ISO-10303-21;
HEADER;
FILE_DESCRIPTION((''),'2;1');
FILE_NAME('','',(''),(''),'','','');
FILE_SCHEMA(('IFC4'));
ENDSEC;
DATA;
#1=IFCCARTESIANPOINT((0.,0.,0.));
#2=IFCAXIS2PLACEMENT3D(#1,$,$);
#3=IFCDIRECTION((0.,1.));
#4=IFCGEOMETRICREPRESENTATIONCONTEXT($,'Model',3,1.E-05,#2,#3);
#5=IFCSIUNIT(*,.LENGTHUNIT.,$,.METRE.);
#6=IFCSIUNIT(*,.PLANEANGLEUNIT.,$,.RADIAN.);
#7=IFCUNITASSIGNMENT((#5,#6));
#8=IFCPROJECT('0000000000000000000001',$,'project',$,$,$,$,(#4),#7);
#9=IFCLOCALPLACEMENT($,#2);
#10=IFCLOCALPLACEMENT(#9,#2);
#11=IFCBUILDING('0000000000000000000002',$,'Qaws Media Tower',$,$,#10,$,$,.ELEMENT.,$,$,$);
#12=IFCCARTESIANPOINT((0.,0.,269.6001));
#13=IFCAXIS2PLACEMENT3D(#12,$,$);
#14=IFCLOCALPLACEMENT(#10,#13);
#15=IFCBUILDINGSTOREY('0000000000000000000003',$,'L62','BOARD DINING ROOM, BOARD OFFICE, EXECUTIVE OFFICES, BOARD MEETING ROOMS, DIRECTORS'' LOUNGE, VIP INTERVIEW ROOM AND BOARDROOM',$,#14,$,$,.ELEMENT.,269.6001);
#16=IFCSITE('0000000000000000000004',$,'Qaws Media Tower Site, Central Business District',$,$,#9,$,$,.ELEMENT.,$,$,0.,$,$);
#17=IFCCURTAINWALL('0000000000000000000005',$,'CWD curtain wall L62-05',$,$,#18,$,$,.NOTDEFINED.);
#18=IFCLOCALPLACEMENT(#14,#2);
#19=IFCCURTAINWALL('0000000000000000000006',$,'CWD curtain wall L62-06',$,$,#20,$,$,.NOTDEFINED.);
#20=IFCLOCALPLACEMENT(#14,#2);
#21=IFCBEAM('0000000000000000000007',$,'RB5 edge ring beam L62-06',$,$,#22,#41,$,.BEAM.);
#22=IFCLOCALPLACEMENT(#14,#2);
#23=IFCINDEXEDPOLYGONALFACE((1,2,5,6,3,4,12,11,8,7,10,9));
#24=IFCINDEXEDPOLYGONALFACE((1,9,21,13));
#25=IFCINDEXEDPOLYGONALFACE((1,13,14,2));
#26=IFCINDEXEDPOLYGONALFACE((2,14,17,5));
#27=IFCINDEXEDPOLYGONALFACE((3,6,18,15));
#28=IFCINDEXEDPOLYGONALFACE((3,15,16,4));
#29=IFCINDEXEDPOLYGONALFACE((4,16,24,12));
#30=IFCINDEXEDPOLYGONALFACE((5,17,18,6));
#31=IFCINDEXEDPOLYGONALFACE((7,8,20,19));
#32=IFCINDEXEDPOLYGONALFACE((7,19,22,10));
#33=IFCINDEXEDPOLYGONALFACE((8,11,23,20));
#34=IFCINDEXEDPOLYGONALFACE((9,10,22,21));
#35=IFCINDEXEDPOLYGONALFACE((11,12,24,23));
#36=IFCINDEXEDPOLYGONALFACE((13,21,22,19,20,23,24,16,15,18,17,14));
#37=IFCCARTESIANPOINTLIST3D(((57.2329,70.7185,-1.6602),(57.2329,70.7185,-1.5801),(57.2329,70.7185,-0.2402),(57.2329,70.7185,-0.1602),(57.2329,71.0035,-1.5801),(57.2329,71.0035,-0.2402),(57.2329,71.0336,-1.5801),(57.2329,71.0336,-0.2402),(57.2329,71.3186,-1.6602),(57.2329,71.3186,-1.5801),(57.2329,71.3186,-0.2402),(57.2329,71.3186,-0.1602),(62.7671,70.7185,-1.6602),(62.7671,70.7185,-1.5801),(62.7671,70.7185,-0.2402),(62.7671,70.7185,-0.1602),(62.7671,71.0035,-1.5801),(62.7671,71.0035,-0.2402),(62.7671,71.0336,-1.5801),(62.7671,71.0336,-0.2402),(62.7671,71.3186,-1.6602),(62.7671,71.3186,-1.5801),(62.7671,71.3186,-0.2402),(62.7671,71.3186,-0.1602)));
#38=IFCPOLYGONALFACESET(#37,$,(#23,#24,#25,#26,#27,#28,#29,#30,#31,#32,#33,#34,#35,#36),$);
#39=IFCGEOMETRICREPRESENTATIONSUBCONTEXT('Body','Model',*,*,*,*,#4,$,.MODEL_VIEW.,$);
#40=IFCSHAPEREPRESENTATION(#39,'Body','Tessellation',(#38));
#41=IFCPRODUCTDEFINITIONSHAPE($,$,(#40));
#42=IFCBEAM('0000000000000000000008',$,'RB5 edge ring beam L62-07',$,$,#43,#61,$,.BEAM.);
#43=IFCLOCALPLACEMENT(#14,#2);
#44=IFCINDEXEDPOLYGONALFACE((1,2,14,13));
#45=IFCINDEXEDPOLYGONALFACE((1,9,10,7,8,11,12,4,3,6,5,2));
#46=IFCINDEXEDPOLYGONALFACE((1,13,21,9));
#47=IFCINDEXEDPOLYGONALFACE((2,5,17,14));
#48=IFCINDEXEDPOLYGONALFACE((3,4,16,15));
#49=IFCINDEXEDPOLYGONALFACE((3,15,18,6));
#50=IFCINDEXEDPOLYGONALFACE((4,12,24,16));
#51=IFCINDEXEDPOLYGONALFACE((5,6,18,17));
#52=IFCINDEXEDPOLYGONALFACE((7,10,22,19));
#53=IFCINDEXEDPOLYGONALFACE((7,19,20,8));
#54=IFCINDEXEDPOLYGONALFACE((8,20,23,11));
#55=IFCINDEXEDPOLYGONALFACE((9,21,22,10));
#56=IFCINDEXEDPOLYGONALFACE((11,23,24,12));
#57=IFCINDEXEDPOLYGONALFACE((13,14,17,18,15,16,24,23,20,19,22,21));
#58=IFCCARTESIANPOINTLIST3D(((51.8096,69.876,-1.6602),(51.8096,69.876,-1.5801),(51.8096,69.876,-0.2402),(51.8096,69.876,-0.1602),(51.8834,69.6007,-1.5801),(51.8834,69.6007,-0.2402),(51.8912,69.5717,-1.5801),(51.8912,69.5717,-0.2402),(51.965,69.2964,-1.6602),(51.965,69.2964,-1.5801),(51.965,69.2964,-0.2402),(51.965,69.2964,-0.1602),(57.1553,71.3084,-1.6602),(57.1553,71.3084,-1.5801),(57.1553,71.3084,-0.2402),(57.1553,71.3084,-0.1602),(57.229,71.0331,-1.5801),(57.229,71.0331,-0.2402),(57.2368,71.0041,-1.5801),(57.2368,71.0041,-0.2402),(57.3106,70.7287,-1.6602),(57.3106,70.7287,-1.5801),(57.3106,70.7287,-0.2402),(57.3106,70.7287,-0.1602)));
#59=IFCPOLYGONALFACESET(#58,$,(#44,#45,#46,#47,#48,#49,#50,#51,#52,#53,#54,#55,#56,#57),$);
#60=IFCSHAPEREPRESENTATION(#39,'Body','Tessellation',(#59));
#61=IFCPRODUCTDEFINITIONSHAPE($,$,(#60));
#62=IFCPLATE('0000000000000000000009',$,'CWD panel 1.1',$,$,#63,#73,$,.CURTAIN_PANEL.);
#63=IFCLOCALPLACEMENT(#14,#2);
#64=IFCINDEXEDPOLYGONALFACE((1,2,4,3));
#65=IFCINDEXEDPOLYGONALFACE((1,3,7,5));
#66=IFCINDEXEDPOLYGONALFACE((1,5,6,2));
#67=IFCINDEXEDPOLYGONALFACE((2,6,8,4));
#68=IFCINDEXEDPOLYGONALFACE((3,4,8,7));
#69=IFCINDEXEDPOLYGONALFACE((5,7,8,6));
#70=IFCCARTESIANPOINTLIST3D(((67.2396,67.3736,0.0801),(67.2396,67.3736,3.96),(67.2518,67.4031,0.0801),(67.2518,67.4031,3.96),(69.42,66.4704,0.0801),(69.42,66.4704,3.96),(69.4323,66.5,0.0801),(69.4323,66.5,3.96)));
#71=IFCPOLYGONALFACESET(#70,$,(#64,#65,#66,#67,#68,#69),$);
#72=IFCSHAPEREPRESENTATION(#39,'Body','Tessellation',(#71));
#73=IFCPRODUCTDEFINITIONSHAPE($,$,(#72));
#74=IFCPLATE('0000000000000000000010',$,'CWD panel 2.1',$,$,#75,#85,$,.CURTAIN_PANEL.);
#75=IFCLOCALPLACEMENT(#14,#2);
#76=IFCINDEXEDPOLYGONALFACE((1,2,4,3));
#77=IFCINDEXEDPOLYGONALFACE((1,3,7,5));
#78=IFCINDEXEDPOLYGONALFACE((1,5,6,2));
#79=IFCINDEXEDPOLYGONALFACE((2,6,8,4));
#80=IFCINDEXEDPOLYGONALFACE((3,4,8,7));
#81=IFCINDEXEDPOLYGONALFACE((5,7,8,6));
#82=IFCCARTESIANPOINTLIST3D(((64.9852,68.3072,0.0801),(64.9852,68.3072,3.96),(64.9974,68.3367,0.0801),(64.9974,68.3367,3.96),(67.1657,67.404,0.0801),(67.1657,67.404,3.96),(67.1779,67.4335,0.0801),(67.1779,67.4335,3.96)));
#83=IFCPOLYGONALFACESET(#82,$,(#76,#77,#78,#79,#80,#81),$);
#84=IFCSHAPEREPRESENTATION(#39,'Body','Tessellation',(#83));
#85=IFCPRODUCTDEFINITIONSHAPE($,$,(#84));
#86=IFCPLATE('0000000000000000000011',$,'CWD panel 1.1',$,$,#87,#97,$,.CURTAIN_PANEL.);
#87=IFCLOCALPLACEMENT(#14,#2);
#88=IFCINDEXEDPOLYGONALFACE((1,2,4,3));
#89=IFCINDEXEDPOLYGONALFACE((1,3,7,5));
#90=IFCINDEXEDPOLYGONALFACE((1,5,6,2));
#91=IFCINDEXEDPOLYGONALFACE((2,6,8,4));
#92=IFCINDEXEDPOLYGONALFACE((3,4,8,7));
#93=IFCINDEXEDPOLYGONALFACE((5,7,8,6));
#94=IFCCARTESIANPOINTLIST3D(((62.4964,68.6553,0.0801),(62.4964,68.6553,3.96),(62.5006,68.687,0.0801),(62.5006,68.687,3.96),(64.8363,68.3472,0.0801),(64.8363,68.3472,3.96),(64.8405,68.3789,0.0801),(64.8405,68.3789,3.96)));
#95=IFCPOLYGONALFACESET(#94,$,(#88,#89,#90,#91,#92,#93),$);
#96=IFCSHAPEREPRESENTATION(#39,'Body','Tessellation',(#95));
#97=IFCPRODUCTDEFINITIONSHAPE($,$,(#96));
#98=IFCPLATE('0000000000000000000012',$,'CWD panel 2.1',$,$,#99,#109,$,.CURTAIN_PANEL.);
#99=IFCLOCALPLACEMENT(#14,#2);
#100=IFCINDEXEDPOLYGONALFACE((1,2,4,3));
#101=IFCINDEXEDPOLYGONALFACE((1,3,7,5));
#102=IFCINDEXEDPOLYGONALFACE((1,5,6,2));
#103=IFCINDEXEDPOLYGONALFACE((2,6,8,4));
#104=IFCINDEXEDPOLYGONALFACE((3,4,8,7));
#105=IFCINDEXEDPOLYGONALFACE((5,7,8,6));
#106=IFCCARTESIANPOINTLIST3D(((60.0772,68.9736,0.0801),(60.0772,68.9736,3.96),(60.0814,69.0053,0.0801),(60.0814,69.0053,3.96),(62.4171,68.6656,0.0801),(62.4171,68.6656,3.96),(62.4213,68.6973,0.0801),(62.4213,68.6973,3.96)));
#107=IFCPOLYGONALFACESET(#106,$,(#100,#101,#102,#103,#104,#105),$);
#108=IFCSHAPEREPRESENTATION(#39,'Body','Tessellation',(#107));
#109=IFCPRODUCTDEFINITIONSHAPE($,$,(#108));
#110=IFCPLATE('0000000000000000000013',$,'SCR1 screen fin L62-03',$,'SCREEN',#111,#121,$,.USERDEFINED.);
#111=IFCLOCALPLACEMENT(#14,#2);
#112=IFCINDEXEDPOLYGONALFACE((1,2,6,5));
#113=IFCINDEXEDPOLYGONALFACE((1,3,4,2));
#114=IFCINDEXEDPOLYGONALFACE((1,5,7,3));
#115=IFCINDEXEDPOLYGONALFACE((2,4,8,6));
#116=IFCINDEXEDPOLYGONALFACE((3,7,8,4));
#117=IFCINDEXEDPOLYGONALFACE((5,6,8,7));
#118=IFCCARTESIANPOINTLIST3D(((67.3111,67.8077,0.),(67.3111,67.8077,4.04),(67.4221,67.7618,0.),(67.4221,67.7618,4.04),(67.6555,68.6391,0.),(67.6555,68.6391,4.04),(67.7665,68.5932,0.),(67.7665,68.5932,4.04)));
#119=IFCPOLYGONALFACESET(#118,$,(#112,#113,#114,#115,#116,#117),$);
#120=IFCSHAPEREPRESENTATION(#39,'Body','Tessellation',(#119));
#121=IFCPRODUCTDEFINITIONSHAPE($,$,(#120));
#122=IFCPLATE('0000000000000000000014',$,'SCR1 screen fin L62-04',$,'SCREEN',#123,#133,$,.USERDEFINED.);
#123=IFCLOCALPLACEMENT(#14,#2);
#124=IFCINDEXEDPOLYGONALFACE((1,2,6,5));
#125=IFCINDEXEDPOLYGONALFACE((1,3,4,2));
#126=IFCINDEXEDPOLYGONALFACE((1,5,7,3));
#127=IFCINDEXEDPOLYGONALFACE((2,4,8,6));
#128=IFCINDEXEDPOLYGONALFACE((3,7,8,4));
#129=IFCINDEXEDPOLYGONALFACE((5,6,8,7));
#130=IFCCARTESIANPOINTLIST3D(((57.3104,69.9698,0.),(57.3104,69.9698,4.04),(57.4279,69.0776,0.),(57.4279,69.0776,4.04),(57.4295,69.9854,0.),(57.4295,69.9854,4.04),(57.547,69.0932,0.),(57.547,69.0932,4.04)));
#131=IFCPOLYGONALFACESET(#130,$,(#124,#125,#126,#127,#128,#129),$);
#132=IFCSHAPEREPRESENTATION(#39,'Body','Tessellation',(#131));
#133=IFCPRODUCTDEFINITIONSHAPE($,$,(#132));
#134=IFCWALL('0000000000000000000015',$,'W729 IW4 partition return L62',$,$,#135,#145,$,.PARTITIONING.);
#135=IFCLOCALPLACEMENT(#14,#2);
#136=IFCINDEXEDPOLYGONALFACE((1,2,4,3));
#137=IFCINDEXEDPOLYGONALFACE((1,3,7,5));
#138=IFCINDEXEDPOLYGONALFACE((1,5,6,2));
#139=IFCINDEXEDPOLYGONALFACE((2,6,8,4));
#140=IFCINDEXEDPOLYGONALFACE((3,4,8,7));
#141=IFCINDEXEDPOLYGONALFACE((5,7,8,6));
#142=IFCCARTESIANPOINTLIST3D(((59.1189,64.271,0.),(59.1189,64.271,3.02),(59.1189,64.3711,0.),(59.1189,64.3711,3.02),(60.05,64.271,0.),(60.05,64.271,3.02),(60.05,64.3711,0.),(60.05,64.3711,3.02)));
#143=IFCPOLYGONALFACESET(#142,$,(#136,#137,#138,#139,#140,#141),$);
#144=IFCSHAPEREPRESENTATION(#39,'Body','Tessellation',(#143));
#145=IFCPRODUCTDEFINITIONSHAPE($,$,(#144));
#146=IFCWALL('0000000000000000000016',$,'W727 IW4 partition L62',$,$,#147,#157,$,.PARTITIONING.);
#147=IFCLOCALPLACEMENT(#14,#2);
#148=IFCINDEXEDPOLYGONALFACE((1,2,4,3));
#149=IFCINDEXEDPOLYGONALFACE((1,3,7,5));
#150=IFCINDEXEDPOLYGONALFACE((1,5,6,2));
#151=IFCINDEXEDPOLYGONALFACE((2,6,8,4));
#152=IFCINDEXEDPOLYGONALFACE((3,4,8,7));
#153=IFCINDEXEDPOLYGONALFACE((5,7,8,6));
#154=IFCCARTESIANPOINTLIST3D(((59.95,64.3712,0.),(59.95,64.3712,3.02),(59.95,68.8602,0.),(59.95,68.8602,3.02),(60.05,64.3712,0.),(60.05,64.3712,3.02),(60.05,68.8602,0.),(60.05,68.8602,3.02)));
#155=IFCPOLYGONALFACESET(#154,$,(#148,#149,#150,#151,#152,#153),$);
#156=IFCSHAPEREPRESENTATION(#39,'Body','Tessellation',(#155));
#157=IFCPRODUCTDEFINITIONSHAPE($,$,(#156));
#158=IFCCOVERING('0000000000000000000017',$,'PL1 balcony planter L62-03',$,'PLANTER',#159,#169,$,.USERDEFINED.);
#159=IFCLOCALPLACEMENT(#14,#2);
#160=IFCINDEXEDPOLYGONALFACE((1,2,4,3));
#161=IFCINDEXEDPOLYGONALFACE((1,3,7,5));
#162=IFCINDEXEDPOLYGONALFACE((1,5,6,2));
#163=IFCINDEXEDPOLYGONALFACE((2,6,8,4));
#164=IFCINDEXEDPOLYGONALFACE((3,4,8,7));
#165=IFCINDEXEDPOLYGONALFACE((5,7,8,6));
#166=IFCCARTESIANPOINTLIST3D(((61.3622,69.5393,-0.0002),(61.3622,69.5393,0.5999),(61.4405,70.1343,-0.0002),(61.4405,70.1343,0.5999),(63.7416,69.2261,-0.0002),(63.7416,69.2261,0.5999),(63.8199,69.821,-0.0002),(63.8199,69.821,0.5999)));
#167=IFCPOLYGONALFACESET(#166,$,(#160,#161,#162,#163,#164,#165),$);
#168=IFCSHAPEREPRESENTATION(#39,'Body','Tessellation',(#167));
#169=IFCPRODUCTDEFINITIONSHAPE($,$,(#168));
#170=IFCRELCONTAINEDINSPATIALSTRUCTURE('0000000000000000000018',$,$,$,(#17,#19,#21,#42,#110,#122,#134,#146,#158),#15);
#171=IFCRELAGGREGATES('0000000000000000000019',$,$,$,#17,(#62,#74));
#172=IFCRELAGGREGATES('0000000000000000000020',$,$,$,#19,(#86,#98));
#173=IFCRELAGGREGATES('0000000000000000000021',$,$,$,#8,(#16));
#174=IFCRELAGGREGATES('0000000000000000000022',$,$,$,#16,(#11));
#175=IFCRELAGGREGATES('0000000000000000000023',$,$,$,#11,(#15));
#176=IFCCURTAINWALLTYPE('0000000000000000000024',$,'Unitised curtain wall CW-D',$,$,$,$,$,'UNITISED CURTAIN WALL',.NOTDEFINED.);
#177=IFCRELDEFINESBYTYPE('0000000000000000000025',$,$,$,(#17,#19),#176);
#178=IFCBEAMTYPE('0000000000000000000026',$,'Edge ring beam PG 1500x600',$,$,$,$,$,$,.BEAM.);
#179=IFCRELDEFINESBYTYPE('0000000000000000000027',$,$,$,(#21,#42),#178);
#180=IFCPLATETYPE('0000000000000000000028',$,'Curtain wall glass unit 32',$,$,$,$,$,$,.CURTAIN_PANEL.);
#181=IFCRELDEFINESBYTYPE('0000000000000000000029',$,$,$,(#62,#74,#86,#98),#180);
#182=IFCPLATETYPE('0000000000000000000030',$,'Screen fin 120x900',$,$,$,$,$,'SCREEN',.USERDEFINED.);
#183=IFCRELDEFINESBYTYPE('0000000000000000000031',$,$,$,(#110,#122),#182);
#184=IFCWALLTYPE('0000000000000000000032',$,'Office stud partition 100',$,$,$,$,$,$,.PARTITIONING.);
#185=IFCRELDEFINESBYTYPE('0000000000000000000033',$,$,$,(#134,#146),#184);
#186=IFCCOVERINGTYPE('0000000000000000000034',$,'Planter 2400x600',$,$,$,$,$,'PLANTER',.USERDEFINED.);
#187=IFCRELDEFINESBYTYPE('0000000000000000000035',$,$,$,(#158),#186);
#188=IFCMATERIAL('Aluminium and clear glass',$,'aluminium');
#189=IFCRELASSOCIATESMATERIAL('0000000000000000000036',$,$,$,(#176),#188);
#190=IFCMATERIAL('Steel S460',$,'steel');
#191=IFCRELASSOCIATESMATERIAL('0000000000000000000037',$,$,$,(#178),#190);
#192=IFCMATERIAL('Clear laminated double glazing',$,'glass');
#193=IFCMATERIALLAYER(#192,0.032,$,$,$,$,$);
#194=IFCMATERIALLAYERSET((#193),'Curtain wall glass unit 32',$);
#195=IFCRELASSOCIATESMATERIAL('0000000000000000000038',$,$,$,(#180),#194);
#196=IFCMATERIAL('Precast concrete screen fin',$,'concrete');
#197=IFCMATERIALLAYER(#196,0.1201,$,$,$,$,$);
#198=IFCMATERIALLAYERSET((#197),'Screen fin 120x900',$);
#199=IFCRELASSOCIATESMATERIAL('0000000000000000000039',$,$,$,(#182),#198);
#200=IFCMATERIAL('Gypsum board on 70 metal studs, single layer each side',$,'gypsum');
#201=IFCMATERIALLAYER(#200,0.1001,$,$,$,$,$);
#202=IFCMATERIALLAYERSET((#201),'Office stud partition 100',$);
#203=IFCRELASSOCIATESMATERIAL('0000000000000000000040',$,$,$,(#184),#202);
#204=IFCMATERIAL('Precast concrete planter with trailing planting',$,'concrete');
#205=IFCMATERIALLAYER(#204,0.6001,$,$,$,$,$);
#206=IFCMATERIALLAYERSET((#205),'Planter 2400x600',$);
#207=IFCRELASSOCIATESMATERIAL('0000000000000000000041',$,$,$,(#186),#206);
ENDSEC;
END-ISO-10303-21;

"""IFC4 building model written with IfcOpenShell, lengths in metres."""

from ifc_helpers import new_model, si_unit, direction, frame, frame_2d, origin, origin_2d, place, context, subcontext, project, spatial, rectangle, i_section, extrude, material, layer, layer_set, material_profile, profile_set, type_object, element, aggregate, save


model = new_model("IFC4")

# Units and contexts
model_context = context("Model", 3, precision=1e-05, world=origin(), true_north=direction((0.0, 1.0)))
body_context = subcontext(model_context, "Body", "Model", "MODEL_VIEW")
ifc_project = project(units=[si_unit("LENGTHUNIT", "METRE"), si_unit("PLANEANGLEUNIT", "RADIAN")], contexts=[model_context])

# Site, building, storey
site_placement = place(None, origin())
site = spatial("IfcSite", under=ifc_project, at=site_placement, Name="Qaws Media Tower Site, Central Business District", CompositionType="ELEMENT", RefElevation=0.0)
building_placement = place(site_placement, origin())
building = spatial("IfcBuilding", under=site, at=building_placement, Name="Qaws Media Tower", CompositionType="ELEMENT")
storey_placement = place(building_placement, frame((0.0, 0.0, 269.6001)))
storey = spatial("IfcBuildingStorey", under=building, at=storey_placement, Name="L62", Description="BOARD DINING ROOM, BOARD OFFICE, EXECUTIVE OFFICES, BOARD MEETING ROOMS, DIRECTORS' LOUNGE, VIP INTERVIEW ROOM AND BOARDROOM", CompositionType="ELEMENT", Elevation=269.6001)

# Curtain walls
ifc_material_1 = material(Name="Aluminium and clear glass", Category="aluminium")
curtain_wall_type = type_object("IfcCurtainWallType", Name="Unitised curtain wall CW-D", ElementType="UNITISED CURTAIN WALL", PredefinedType="NOTDEFINED", material=ifc_material_1)
curtain_wall_1_placement = place(storey_placement, origin())
curtain_wall_1 = element("IfcCurtainWall", 1, at=curtain_wall_1_placement, inside=storey, type_object=curtain_wall_type, Name="CWD curtain wall L62-05", PredefinedType="NOTDEFINED")
curtain_wall_2_placement = place(storey_placement, origin())
curtain_wall_2 = element("IfcCurtainWall", 2, at=curtain_wall_2_placement, inside=storey, type_object=curtain_wall_type, Name="CWD curtain wall L62-06", PredefinedType="NOTDEFINED")

# Beams
ifc_material_2 = material(Name="Steel S460", Category="steel")
ifc_material_profile_1 = material_profile(ifc_material_2, i_section(OverallWidth=0.6001, OverallDepth=1.5, WebThickness=0.03, FlangeThickness=0.0801, at=origin_2d()), Name="PG 1500x600")
ifc_profile_set_1 = profile_set([ifc_material_profile_1], Name="Steel S460")
beam_type = type_object("IfcBeamType", Name="Edge ring beam PG 1500x600", PredefinedType="BEAM", material=ifc_profile_set_1)
for number, where, z_axis, x_axis, name in (
    (3, (62.7671, 71.0186, -0.9102), (-1.0, 0.0, 0.0), (0.0, -1.0, 0.0), "RB5 edge ring beam L62-06"),
    (4, (57.2329, 71.0186, -0.9102), (-0.965926, -0.258818, 0.0), (0.258818, -0.965926, 0.0), "RB5 edge ring beam L62-07"),
):
    element("IfcBeam", number, at=place(storey_placement, frame(where, z_axis=z_axis, x_axis=x_axis)), inside=storey, type_object=beam_type, Name=name, PredefinedType="BEAM", context=body_context, shape_type="SweptSolid", body=[
        extrude(i_section(OverallWidth=0.6001, OverallDepth=1.5, WebThickness=0.03, FlangeThickness=0.0801, at=origin_2d()), origin(), (0.0, 0.0, 1.0), 5.5342),
    ])

# Plates
ifc_material_3 = material(Name="Clear laminated double glazing", Category="glass")
ifc_layer_1 = layer(ifc_material_3, 0.032)
ifc_layer_set_1 = layer_set([ifc_layer_1], Name="Curtain wall glass unit 32")
plate_type_1 = type_object("IfcPlateType", Name="Curtain wall glass unit 32", PredefinedType="CURTAIN_PANEL", material=ifc_layer_set_1)
plate_1_placement = place(storey_placement, frame((68.3359, 66.9368, 0.0801), z_axis=(0.0, 0.0, 1.0), x_axis=(-0.92388, 0.382683, 0.0)))
plate_1 = element("IfcPlate", 5, at=plate_1_placement, type_object=plate_type_1, Name="CWD panel 1.1", PredefinedType="CURTAIN_PANEL", context=body_context, shape_type="SweptSolid", body=[
    extrude(rectangle(XDim=2.3601, YDim=0.032, at=origin_2d()), origin(), (0.0, 0.0, 1.0), 3.8799),
])
plate_2_placement = place(storey_placement, frame((66.0815, 67.8704, 0.0801), z_axis=(0.0, 0.0, 1.0), x_axis=(-0.92388, 0.382683, 0.0)))
plate_2 = element("IfcPlate", 6, at=plate_2_placement, type_object=plate_type_1, Name="CWD panel 2.1", PredefinedType="CURTAIN_PANEL", context=body_context, shape_type="SweptSolid", body=[
    extrude(rectangle(XDim=2.3601, YDim=0.032, at=origin_2d()), origin(), (0.0, 0.0, 1.0), 3.8799),
])
aggregate(curtain_wall_1, [plate_1, plate_2])
plate_3_placement = place(storey_placement, frame((63.6685, 68.5171, 0.0801), z_axis=(0.0, 0.0, 1.0), x_axis=(-0.991445, 0.130526, 0.0)))
plate_3 = element("IfcPlate", 7, at=plate_3_placement, type_object=plate_type_1, Name="CWD panel 1.1", PredefinedType="CURTAIN_PANEL", context=body_context, shape_type="SweptSolid", body=[
    extrude(rectangle(XDim=2.3601, YDim=0.032, at=origin_2d()), origin(), (0.0, 0.0, 1.0), 3.8799),
])
plate_4_placement = place(storey_placement, frame((61.2493, 68.8354, 0.0801), z_axis=(0.0, 0.0, 1.0), x_axis=(-0.991445, 0.130526, 0.0)))
plate_4 = element("IfcPlate", 8, at=plate_4_placement, type_object=plate_type_1, Name="CWD panel 2.1", PredefinedType="CURTAIN_PANEL", context=body_context, shape_type="SweptSolid", body=[
    extrude(rectangle(XDim=2.3601, YDim=0.032, at=origin_2d()), origin(), (0.0, 0.0, 1.0), 3.8799),
])
aggregate(curtain_wall_2, [plate_3, plate_4])

# Plates
ifc_material_4 = material(Name="Precast concrete screen fin", Category="concrete")
ifc_layer_2 = layer(ifc_material_4, 0.1201)
ifc_layer_set_2 = layer_set([ifc_layer_2], Name="Screen fin 120x900")
plate_type_2 = type_object("IfcPlateType", Name="Screen fin 120x900", ElementType="SCREEN", PredefinedType="USERDEFINED", material=ifc_layer_set_2)
for number, where, z_axis, x_axis, name in (
    (9, (67.5388, 68.2004, 0.0), (0.0, 0.0, 1.0), (0.382683, 0.92388, 0.0), "SCR1 screen fin L62-03"),
    (10, (57.4287, 69.5315, 0.0), (0.0, 0.0, 1.0), (-0.130526, 0.991445, 0.0), "SCR1 screen fin L62-04"),
):
    element("IfcPlate", number, at=place(storey_placement, frame(where, z_axis=z_axis, x_axis=x_axis)), inside=storey, type_object=plate_type_2, Name=name, ObjectType="SCREEN", PredefinedType="USERDEFINED", context=body_context, shape_type="SweptSolid", body=[
        extrude(rectangle(XDim=0.8999, YDim=0.1201, at=origin_2d()), origin(), (0.0, 0.0, 1.0), 4.04),
    ])

# Walls
ifc_material_5 = material(Name="Gypsum board on 70 metal studs, single layer each side", Category="gypsum")
ifc_layer_3 = layer(ifc_material_5, 0.1001)
ifc_layer_set_3 = layer_set([ifc_layer_3], Name="Office stud partition 100")
wall_type_1 = type_object("IfcWallType", Name="Office stud partition 100", PredefinedType="PARTITIONING", material=ifc_layer_set_3)
wall_1_placement = place(storey_placement, frame((60.05, 64.321, 0.0), z_axis=(0.0, 0.0, 1.0), x_axis=(-1.0, 0.0, 0.0)))
element("IfcWall", 11, at=wall_1_placement, inside=storey, type_object=wall_type_1, Name="W729 IW4 partition return L62", PredefinedType="PARTITIONING", context=body_context, shape_type="SweptSolid", body=[
    extrude(rectangle(XDim=0.9312, YDim=0.1001, at=frame_2d((0.4656, 0.0))), origin(), (0.0, 0.0, 1.0), 3.02),
])
wall_2_placement = place(storey_placement, frame((60.0, 64.3711, 0.0), z_axis=(0.0, 0.0, 1.0), x_axis=(0.0, 1.0, 0.0)))
element("IfcWall", 12, at=wall_2_placement, inside=storey, type_object=wall_type_1, Name="W727 IW4 partition L62", PredefinedType="PARTITIONING", context=body_context, shape_type="SweptSolid", body=[
    extrude(rectangle(XDim=4.489, YDim=0.1001, at=frame_2d((2.2446, 0.0))), origin(), (0.0, 0.0, 1.0), 3.02),
])

# Covering
ifc_material_6 = material(Name="Precast concrete planter with trailing planting", Category="concrete")
ifc_layer_4 = layer(ifc_material_6, 0.6001)
ifc_layer_set_4 = layer_set([ifc_layer_4], Name="Planter 2400x600")
covering_type = type_object("IfcCoveringType", Name="Planter 2400x600", ElementType="PLANTER", PredefinedType="USERDEFINED", material=ifc_layer_set_4)
covering_placement = place(storey_placement, frame((62.5911, 69.6802, -0.0002), z_axis=(0.0, 0.0, 1.0), x_axis=(-0.991445, 0.130526, 0.0)))
element("IfcCovering", 13, at=covering_placement, inside=storey, type_object=covering_type, Name="PL1 balcony planter L62-03", ObjectType="PLANTER", PredefinedType="USERDEFINED", context=body_context, shape_type="SweptSolid", body=[
    extrude(rectangle(XDim=2.3999, YDim=0.6001, at=origin_2d()), origin(), (0.0, 0.0, 1.0), 0.6001),
])

save(model, "model.ifc")
